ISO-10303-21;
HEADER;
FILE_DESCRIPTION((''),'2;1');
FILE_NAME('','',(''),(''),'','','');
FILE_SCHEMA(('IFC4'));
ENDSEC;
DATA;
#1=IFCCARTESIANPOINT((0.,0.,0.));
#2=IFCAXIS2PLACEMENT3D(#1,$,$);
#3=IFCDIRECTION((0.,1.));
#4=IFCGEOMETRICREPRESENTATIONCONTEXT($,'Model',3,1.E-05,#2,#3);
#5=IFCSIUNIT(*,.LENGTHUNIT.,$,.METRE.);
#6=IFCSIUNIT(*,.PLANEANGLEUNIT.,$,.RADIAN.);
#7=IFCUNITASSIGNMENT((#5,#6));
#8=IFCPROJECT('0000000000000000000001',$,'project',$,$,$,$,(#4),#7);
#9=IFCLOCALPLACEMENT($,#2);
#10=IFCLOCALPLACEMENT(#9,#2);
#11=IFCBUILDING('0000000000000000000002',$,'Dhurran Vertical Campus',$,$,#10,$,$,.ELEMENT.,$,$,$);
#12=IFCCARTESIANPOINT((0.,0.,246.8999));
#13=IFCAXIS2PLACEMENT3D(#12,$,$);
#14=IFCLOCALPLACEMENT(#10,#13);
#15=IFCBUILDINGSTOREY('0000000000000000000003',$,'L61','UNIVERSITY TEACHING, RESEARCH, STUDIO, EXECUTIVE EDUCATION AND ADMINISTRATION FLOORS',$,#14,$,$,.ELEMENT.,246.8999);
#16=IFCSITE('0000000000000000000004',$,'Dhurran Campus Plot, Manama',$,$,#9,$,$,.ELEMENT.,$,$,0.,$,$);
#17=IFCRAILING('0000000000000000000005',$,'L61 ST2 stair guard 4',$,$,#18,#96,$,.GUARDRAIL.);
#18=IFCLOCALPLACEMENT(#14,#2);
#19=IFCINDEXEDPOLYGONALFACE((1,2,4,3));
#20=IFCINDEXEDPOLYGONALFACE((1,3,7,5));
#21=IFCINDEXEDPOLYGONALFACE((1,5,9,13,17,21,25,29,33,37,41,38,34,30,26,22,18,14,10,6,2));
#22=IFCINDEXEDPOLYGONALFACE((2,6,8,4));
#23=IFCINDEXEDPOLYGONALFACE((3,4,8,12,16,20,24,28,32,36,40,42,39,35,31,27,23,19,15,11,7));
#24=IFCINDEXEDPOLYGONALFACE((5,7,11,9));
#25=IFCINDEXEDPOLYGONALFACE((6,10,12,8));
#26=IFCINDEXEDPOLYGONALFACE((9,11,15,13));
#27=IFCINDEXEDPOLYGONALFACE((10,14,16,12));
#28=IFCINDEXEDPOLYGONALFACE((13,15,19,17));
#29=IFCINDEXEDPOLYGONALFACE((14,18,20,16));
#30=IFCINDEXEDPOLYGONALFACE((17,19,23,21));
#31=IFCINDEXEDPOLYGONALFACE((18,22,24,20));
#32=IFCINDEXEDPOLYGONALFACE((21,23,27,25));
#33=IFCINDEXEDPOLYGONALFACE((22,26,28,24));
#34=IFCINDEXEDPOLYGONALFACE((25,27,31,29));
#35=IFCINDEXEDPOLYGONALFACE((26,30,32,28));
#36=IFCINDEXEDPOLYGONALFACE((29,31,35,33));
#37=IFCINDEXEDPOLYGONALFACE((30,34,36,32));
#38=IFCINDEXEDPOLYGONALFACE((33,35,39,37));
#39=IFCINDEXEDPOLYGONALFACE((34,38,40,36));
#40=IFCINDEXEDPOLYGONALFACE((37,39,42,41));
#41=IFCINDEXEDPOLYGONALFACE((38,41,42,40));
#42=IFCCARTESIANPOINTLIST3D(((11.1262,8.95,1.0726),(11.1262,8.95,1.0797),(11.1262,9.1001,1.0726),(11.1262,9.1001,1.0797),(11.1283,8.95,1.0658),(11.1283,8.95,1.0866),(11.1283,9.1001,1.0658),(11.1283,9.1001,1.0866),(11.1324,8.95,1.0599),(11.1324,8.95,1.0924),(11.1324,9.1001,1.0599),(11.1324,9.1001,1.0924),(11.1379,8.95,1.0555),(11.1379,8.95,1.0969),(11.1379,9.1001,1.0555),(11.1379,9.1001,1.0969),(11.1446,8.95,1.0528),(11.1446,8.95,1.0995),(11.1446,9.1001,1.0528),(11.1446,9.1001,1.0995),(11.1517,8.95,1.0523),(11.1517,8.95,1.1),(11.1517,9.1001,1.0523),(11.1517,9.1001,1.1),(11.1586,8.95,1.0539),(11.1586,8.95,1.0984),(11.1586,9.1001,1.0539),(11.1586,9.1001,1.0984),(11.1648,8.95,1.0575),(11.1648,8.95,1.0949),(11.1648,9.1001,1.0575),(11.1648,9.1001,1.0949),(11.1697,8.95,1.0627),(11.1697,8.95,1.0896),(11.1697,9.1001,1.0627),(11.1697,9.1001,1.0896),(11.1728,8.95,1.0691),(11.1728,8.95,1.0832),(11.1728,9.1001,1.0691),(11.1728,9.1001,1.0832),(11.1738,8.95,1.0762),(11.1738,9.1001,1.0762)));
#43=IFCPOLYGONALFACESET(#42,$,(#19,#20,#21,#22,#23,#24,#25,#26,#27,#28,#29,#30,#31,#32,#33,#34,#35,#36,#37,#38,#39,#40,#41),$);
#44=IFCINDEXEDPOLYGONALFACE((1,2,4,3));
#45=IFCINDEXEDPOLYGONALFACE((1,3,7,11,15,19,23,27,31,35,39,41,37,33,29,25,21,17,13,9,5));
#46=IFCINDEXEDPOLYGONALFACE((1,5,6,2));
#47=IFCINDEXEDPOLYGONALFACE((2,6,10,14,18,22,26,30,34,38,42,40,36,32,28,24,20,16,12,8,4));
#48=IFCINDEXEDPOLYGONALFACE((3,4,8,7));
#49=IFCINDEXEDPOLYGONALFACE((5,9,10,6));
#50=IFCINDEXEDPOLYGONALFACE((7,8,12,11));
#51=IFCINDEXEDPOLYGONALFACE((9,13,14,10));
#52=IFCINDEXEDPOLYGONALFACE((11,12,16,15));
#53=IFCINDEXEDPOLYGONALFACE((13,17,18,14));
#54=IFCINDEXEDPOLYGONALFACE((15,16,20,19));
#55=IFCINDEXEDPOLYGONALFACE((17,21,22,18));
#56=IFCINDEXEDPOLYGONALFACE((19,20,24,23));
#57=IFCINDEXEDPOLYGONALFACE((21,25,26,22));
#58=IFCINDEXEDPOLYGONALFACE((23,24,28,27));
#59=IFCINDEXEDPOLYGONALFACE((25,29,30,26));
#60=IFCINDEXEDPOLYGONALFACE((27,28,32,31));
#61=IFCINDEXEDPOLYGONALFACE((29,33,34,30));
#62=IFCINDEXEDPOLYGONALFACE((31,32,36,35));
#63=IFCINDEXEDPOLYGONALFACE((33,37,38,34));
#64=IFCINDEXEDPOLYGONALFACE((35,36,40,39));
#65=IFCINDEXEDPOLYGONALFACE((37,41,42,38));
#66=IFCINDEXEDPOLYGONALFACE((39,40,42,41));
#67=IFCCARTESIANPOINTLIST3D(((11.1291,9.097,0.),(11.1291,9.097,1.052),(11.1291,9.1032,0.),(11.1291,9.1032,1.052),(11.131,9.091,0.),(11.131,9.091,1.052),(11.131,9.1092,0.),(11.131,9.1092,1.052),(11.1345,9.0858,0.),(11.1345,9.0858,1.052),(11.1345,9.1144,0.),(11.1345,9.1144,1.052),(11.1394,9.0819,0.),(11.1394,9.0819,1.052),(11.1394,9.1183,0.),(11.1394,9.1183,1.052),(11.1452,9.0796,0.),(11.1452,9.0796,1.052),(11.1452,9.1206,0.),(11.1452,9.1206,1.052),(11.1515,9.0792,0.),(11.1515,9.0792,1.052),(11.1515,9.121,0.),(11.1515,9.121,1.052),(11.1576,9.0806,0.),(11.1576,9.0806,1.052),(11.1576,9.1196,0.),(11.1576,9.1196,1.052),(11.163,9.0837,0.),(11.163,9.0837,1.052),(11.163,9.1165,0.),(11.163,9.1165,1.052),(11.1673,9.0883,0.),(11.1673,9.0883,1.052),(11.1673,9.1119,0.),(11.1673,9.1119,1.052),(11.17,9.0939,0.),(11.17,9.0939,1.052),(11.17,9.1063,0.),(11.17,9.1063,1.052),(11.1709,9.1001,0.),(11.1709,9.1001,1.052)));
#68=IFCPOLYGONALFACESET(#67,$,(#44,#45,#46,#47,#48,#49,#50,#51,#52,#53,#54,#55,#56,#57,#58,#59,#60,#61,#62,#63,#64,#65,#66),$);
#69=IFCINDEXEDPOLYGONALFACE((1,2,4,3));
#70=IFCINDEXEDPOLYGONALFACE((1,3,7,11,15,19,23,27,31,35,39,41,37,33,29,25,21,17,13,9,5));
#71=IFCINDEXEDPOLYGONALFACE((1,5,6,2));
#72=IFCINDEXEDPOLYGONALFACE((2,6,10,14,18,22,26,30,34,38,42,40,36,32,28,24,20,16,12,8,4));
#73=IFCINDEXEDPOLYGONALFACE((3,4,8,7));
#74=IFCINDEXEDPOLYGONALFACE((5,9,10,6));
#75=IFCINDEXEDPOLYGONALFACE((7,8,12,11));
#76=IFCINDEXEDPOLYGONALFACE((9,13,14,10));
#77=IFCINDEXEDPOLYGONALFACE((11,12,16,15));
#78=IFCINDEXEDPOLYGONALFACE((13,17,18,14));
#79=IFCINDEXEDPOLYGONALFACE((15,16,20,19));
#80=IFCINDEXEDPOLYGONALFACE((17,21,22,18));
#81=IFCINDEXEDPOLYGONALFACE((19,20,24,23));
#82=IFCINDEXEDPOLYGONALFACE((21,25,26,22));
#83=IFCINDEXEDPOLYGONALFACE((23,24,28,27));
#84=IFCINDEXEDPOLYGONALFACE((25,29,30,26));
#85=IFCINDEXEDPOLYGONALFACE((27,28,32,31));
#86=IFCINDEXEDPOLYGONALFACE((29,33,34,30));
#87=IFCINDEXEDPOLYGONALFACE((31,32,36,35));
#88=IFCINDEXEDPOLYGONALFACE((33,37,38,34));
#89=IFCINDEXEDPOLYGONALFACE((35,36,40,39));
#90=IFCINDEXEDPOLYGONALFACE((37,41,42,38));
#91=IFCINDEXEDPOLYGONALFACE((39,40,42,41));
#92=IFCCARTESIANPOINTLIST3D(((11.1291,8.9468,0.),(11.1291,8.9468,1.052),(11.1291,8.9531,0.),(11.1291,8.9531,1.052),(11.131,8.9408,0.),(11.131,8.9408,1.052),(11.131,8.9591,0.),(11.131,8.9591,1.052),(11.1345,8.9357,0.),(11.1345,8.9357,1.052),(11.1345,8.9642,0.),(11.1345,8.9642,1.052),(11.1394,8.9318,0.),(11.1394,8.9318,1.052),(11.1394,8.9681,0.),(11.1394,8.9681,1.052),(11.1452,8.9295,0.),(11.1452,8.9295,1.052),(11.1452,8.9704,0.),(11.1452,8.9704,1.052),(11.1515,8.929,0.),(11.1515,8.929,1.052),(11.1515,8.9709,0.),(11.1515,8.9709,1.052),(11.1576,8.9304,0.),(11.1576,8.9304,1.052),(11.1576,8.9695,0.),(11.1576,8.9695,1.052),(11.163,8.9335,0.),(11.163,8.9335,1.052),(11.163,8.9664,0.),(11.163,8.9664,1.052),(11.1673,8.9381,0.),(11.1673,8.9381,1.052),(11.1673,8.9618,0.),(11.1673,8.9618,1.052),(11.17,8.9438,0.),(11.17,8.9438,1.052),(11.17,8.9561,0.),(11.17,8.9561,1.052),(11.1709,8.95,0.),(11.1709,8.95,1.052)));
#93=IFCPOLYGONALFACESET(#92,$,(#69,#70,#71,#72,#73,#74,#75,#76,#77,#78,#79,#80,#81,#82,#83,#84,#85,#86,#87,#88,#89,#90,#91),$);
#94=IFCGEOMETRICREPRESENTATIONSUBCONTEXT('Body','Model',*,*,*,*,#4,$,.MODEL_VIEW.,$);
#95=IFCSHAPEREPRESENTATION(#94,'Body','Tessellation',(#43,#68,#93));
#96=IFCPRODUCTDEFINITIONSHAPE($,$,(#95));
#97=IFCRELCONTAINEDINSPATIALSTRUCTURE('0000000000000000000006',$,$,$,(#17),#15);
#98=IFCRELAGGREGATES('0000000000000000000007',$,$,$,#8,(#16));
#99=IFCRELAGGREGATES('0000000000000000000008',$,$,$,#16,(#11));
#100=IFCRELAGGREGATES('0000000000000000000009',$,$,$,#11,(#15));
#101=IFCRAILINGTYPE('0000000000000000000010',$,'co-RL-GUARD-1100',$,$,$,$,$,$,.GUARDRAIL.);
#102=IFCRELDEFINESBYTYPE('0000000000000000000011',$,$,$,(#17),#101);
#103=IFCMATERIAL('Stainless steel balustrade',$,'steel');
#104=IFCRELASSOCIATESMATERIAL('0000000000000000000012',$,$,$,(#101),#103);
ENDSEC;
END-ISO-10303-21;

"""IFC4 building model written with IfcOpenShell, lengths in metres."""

from ifc_helpers import new_model, si_unit, direction, frame, origin, origin_2d, place, context, subcontext, project, spatial, circle, extrude, material, type_object, element, save


model = new_model("IFC4")

# Units and contexts
model_context = context("Model", 3, precision=1e-05, world=origin(), true_north=direction((0.0, 1.0)))
body_context = subcontext(model_context, "Body", "Model", "MODEL_VIEW")
ifc_project = project(units=[si_unit("LENGTHUNIT", "METRE"), si_unit("PLANEANGLEUNIT", "RADIAN")], contexts=[model_context])

# Site, building, storey
site_placement = place(None, origin())
site = spatial("IfcSite", under=ifc_project, at=site_placement, Name="Dhurran Campus Plot, Manama", CompositionType="ELEMENT", RefElevation=0.0)
building_placement = place(site_placement, origin())
building = spatial("IfcBuilding", under=site, at=building_placement, Name="Dhurran Vertical Campus", CompositionType="ELEMENT")
storey_placement = place(building_placement, frame((0.0, 0.0, 246.8999)))
storey = spatial("IfcBuildingStorey", under=building, at=storey_placement, Name="L61", Description="UNIVERSITY TEACHING, RESEARCH, STUDIO, EXECUTIVE EDUCATION AND ADMINISTRATION FLOORS", CompositionType="ELEMENT", Elevation=246.8999)

# Railing
ifc_material_1 = material(Name="Stainless steel balustrade", Category="steel")
railing_type = type_object("IfcRailingType", Name="co-RL-GUARD-1100", PredefinedType="GUARDRAIL", material=ifc_material_1)
railing_1_placement = place(storey_placement, frame((11.1499, 9.1001, 0.0)))
element("IfcRailing", 1, at=railing_1_placement, inside=storey, type_object=railing_type, Name="L61 ST2 stair guard 4", PredefinedType="GUARDRAIL", context=body_context, shape_type="SweptSolid", body=[
    extrude(circle(Radius=0.0239, at=origin_2d()), frame((0.0, 0.0, 1.0762), z_axis=(0.0, -1.0, 0.0), x_axis=(1.0, 0.0, 0.0)), (0.0, 0.0, 1.0), 0.1501),
    extrude(circle(Radius=0.021, at=origin_2d()), origin(), (0.0, 0.0, 1.0), 1.052),
    extrude(circle(Radius=0.021, at=origin_2d()), frame((0.0, -0.1501, 0.0)), (0.0, 0.0, 1.0), 1.052),
])

save(model, "model.ifc")
